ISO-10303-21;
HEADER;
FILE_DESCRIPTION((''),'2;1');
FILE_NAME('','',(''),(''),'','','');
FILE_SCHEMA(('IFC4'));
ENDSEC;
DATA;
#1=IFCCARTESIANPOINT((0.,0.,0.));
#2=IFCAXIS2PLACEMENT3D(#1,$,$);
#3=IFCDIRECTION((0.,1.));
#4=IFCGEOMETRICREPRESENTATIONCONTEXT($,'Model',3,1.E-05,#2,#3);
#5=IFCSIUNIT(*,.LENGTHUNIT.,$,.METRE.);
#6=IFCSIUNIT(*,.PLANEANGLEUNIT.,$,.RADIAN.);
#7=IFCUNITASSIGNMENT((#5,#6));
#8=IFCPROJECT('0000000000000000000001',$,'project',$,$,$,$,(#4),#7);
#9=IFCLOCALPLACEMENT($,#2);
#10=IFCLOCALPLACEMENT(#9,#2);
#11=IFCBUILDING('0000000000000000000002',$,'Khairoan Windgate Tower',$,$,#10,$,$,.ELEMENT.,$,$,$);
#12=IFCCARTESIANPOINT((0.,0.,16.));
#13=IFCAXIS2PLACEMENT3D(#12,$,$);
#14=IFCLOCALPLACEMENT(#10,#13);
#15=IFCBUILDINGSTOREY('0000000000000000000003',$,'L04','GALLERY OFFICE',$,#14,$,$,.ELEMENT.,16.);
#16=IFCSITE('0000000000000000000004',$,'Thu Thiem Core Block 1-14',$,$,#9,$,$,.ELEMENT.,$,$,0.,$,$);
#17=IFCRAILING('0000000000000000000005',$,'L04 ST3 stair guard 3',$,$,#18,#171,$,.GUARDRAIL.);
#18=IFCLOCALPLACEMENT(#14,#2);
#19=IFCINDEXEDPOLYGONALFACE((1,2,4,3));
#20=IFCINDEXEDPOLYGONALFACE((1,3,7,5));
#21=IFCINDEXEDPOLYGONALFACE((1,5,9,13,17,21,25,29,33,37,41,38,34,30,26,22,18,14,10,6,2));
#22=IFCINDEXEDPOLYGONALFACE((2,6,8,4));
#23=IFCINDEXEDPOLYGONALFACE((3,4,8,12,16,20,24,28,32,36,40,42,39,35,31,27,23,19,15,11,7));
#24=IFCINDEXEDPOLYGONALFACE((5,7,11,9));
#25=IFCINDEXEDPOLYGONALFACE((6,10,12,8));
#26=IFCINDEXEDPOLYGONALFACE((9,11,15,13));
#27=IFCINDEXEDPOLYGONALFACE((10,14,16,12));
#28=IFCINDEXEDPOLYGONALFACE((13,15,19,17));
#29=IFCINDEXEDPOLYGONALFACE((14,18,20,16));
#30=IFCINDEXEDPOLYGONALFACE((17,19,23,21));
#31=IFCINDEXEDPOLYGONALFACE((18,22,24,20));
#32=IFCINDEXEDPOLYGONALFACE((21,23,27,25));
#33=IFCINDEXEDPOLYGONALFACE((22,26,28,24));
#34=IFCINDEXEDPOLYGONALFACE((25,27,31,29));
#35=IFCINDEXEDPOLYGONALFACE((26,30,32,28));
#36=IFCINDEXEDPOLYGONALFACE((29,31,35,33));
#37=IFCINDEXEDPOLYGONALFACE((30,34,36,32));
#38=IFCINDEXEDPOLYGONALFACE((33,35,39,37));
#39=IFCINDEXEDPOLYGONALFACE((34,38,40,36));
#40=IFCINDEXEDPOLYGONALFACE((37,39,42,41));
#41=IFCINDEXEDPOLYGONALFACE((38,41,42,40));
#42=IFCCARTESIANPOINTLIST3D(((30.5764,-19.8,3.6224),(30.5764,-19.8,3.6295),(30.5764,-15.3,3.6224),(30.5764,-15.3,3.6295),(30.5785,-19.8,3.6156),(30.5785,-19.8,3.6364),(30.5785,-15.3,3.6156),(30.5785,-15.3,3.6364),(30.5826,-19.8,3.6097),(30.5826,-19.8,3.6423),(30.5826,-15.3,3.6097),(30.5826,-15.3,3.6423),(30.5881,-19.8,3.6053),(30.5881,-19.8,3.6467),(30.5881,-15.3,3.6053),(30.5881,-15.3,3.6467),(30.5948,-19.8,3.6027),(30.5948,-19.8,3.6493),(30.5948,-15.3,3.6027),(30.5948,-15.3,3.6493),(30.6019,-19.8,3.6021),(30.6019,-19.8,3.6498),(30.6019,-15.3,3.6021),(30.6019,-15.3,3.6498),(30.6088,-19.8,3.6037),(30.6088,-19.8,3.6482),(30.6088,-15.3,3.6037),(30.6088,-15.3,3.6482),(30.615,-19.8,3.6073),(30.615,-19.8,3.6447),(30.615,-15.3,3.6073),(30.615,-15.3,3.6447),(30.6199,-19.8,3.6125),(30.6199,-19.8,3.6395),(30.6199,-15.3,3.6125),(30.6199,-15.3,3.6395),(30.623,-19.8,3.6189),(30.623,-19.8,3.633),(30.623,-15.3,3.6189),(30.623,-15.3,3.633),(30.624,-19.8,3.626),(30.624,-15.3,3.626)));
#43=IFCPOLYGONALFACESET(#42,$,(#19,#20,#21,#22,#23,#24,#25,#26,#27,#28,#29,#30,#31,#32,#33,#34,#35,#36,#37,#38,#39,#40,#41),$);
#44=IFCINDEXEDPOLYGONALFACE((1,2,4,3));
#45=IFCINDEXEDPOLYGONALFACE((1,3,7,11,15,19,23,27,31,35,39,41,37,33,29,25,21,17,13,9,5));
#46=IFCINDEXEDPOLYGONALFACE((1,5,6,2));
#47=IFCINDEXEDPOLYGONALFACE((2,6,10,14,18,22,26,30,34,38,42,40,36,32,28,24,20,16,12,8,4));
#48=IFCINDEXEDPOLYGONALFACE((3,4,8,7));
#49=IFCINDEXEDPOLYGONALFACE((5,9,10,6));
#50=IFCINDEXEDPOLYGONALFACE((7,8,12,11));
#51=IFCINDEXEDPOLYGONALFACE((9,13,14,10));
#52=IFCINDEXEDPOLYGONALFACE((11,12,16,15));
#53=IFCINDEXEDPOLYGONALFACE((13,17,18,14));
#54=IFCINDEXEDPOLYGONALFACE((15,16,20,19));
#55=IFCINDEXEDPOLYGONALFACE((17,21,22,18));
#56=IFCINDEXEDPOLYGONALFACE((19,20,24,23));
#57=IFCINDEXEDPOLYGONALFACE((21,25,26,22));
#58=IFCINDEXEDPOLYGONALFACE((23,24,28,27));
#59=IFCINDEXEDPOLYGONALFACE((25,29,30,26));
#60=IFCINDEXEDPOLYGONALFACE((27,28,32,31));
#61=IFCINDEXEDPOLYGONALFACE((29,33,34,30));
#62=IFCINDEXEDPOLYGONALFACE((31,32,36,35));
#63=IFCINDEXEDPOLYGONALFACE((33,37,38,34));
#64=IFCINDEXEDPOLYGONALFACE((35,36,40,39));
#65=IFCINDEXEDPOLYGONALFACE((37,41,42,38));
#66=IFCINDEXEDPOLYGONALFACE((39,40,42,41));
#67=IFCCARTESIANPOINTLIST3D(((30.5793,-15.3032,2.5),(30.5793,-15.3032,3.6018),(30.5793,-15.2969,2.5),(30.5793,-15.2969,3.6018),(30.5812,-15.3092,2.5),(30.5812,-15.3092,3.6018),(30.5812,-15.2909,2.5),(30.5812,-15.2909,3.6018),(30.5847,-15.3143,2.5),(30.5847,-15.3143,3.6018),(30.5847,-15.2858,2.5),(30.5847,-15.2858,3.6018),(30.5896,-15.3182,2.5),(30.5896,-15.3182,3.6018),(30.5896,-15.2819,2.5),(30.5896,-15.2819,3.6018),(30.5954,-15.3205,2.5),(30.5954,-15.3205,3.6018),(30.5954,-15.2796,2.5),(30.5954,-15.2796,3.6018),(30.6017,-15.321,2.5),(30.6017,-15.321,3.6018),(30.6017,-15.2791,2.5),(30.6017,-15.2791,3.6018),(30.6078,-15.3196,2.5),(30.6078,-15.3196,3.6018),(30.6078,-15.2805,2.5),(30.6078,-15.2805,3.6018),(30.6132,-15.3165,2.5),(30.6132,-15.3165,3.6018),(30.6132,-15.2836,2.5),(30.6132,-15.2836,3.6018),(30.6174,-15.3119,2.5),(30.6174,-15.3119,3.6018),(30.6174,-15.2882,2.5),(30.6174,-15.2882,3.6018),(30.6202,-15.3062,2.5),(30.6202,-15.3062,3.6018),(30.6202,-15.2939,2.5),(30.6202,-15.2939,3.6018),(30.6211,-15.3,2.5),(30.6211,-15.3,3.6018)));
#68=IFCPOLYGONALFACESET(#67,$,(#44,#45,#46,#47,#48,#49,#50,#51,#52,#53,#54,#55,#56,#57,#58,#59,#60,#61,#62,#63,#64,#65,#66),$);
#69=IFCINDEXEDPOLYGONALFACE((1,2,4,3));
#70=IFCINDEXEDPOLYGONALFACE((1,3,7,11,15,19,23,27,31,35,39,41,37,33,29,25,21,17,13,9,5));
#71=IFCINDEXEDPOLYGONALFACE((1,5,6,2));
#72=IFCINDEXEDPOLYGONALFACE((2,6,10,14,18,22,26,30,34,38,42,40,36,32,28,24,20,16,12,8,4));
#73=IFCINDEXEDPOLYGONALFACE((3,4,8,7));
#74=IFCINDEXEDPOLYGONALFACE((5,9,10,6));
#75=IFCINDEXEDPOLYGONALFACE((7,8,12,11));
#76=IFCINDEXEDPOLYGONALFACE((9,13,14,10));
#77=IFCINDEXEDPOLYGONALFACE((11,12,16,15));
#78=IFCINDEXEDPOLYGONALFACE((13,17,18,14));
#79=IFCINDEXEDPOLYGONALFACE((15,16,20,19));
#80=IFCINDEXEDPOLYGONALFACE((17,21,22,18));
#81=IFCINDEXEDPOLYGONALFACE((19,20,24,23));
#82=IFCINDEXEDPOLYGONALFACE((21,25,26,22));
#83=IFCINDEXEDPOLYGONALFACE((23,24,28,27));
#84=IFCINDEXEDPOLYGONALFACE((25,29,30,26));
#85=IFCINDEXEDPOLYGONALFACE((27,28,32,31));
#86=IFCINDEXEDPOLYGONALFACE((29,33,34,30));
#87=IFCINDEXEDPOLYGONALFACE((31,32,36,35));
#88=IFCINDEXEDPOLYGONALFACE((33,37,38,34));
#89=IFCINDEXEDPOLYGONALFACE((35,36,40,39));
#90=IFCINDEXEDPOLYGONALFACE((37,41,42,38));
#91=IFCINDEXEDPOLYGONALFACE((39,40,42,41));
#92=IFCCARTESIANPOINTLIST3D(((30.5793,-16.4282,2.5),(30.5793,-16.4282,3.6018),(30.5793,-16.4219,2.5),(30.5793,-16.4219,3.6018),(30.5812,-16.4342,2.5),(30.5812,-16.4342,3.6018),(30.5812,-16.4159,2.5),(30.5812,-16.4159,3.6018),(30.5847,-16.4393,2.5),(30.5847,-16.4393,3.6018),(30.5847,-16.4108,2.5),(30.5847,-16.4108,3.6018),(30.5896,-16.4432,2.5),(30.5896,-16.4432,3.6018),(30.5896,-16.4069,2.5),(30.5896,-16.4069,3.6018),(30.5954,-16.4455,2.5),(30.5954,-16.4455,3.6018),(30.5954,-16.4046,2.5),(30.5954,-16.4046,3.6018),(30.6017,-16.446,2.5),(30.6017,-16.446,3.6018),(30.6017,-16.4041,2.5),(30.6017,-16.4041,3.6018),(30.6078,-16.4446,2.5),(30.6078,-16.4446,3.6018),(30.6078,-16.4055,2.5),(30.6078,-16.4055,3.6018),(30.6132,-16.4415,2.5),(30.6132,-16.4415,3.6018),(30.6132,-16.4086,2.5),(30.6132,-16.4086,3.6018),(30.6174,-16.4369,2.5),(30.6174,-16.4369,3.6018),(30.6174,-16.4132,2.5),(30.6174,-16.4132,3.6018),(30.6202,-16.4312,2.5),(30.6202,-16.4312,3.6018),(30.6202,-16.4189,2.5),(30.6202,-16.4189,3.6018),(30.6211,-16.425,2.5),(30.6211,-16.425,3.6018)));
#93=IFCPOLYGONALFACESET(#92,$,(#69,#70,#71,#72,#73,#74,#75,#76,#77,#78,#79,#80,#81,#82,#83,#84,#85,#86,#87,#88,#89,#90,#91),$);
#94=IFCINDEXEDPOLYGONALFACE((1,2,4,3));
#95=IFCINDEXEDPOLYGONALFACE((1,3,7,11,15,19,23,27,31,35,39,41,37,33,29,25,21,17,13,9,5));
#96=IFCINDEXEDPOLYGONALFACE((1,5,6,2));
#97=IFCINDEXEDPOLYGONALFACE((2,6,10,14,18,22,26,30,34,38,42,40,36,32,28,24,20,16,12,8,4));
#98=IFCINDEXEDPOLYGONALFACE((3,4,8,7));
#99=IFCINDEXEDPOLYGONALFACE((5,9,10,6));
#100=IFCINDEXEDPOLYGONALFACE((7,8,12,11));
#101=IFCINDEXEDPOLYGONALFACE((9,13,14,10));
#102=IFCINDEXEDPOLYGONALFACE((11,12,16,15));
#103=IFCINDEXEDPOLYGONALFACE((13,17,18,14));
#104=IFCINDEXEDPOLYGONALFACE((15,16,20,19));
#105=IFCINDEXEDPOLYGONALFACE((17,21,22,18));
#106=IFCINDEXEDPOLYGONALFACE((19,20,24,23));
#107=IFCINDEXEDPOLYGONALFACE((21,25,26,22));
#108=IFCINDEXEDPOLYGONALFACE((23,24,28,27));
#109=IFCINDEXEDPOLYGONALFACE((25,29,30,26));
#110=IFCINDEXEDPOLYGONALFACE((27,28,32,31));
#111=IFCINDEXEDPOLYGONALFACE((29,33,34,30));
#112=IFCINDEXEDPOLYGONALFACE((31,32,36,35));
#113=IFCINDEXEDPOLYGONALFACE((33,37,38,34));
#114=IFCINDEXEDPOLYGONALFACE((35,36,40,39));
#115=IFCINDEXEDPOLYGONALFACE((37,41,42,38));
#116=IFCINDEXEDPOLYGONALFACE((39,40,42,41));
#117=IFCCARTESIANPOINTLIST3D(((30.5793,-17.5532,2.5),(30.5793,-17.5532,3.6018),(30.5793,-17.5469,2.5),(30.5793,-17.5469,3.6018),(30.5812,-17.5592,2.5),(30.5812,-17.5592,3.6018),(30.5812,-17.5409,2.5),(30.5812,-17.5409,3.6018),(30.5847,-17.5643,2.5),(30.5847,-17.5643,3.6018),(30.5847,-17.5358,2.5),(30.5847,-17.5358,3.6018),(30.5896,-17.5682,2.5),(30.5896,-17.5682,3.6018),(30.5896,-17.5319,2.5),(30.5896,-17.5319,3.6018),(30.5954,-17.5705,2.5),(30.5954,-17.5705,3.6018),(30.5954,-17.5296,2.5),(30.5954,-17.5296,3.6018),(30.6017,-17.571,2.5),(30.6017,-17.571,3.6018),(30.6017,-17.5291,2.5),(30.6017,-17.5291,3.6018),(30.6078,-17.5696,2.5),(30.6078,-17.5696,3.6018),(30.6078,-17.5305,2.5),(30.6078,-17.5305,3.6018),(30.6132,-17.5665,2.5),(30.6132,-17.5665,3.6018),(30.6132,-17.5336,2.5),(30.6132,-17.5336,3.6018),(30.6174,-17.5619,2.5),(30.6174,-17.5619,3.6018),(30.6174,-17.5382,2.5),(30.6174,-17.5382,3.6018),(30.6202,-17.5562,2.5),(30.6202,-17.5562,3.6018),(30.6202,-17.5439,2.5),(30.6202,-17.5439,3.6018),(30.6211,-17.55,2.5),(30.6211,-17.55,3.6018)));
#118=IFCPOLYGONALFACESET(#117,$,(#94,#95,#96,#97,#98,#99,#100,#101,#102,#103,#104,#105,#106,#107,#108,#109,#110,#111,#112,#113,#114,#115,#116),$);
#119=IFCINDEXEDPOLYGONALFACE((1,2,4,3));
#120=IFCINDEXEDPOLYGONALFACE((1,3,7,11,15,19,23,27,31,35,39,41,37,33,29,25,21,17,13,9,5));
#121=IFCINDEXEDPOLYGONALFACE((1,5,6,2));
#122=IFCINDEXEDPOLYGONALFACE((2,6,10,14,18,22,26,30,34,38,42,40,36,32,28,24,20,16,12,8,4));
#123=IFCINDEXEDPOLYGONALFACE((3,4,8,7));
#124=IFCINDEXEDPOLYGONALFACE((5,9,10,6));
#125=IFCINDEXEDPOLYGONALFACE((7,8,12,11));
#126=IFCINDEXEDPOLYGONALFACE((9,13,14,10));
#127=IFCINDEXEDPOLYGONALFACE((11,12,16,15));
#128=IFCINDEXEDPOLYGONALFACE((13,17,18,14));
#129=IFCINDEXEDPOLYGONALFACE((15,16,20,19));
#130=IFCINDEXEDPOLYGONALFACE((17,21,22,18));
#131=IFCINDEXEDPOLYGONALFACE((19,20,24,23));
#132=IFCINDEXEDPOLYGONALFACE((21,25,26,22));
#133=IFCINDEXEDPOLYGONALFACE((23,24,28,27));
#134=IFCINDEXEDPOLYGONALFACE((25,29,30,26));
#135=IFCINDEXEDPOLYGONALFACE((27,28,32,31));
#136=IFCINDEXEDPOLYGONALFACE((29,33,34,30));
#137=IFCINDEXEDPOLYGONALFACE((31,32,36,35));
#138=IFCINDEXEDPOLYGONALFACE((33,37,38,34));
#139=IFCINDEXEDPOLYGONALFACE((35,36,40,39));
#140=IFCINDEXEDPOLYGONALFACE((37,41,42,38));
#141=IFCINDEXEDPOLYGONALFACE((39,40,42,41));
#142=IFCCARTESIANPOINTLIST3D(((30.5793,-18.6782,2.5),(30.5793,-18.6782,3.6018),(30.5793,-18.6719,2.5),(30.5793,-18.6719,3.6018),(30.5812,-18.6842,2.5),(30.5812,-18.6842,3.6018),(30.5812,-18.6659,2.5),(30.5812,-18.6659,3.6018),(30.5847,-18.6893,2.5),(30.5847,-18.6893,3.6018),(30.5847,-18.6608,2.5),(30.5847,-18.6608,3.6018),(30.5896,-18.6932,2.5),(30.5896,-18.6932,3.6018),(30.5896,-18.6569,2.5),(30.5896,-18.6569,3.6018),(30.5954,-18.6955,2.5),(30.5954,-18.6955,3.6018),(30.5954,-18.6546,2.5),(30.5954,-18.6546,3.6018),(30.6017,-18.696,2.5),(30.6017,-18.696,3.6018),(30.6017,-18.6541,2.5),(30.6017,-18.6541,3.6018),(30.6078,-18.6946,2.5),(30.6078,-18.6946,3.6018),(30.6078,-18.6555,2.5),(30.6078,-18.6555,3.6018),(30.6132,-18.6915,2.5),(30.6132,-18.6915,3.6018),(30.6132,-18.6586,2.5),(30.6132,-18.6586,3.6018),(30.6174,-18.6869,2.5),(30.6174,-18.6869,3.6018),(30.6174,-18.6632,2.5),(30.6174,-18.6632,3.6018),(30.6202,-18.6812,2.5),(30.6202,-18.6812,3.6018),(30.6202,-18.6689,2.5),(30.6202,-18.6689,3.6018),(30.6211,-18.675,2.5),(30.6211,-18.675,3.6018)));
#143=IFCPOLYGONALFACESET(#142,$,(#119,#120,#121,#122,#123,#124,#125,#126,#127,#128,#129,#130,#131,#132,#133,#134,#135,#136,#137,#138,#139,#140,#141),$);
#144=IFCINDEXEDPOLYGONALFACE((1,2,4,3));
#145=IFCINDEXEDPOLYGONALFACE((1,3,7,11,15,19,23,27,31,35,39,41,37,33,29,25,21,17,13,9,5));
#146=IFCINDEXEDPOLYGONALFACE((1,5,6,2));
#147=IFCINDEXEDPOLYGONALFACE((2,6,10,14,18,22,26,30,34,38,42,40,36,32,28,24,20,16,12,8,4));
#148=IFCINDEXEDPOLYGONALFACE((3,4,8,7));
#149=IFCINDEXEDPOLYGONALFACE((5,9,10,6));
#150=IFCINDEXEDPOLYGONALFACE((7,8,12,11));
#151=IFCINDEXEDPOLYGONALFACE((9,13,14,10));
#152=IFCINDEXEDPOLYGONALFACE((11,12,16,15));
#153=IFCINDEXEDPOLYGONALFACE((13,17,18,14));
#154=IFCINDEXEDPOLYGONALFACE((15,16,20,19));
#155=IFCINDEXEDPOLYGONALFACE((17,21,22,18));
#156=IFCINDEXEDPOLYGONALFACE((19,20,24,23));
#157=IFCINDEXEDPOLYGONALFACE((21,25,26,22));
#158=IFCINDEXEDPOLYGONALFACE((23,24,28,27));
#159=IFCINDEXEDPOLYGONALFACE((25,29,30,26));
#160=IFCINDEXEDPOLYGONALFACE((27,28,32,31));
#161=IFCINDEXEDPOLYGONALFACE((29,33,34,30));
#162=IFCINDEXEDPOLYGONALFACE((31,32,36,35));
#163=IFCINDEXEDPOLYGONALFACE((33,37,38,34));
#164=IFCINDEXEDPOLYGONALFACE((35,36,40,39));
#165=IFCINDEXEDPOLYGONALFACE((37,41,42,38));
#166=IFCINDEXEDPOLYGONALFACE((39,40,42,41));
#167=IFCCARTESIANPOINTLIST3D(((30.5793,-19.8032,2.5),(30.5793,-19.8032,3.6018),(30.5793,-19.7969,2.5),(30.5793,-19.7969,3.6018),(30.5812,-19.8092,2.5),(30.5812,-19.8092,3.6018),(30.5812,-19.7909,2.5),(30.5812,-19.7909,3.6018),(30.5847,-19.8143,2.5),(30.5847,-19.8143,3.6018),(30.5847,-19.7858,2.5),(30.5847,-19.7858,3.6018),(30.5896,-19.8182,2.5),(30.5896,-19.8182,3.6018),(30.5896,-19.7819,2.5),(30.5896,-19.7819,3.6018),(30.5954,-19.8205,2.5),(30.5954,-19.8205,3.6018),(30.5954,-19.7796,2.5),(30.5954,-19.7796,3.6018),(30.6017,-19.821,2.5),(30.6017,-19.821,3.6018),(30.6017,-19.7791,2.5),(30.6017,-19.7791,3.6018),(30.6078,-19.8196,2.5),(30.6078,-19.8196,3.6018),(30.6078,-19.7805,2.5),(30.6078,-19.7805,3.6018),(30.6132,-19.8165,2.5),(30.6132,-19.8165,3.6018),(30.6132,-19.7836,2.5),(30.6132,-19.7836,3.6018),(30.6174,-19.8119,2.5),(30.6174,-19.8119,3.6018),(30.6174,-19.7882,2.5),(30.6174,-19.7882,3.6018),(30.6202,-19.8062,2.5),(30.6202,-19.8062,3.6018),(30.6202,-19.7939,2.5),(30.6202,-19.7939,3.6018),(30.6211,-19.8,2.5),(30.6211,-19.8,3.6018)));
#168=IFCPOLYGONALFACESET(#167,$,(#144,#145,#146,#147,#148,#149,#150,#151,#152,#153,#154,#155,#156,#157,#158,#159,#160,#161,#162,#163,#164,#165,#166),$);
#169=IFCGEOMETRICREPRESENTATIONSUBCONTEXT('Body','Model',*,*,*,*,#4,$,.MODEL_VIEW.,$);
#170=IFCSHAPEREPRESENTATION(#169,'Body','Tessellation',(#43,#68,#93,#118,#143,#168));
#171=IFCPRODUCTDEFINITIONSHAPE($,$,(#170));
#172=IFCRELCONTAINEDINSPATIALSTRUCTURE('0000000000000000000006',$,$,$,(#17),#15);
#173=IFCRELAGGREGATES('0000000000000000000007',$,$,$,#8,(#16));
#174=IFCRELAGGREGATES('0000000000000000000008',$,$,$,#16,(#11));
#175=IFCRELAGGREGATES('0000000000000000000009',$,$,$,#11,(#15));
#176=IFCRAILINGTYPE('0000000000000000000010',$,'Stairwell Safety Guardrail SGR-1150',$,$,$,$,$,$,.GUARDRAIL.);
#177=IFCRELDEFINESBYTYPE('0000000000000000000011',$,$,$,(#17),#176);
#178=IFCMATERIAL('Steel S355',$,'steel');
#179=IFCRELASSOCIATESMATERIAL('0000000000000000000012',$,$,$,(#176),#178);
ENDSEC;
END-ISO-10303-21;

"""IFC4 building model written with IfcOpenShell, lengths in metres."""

from ifc_helpers import new_model, si_unit, direction, frame, origin, origin_2d, place, context, subcontext, project, spatial, circle, extrude, material, type_object, element, save


model = new_model("IFC4")

# Units and contexts
model_context = context("Model", 3, precision=1e-05, world=origin(), true_north=direction((0.0, 1.0)))
body_context = subcontext(model_context, "Body", "Model", "MODEL_VIEW")
ifc_project = project(units=[si_unit("LENGTHUNIT", "METRE"), si_unit("PLANEANGLEUNIT", "RADIAN")], contexts=[model_context])

# Site, building, storey
site_placement = place(None, origin())
site = spatial("IfcSite", under=ifc_project, at=site_placement, Name="Thu Thiem Core Block 1-14", CompositionType="ELEMENT", RefElevation=0.0)
building_placement = place(site_placement, origin())
building = spatial("IfcBuilding", under=site, at=building_placement, Name="Khairoan Windgate Tower", CompositionType="ELEMENT")
storey_placement = place(building_placement, frame((0.0, 0.0, 16.0)))
storey = spatial("IfcBuildingStorey", under=building, at=storey_placement, Name="L04", Description="GALLERY OFFICE", CompositionType="ELEMENT", Elevation=16.0)

# Railing
ifc_material_1 = material(Name="Steel S355", Category="steel")
railing_type_1 = type_object("IfcRailingType", Name="Stairwell Safety Guardrail SGR-1150", PredefinedType="GUARDRAIL", material=ifc_material_1)
for number, where, name in (
    (1, (30.6001, -15.3, 2.5), "L04 ST3 stair guard 3"),
):
    element("IfcRailing", number, at=place(storey_placement, frame(where)), inside=storey, type_object=railing_type_1, Name=name, PredefinedType="GUARDRAIL", context=body_context, shape_type="SweptSolid", body=[
        extrude(circle(Radius=0.0239, at=origin_2d()), frame((0.0, 0.0, 1.126), z_axis=(0.0, -1.0, 0.0), x_axis=(1.0, 0.0, 0.0)), (0.0, 0.0, 1.0), 4.5),
        extrude(circle(Radius=0.021, at=origin_2d()), origin(), (0.0, 0.0, 1.0), 1.1018),
        extrude(circle(Radius=0.021, at=origin_2d()), frame((0.0, -1.125, 0.0)), (0.0, 0.0, 1.0), 1.1018),
        extrude(circle(Radius=0.021, at=origin_2d()), frame((0.0, -2.25, 0.0)), (0.0, 0.0, 1.0), 1.1018),
        extrude(circle(Radius=0.021, at=origin_2d()), frame((0.0, -3.375, 0.0)), (0.0, 0.0, 1.0), 1.1018),
        extrude(circle(Radius=0.021, at=origin_2d()), frame((0.0, -4.5, 0.0)), (0.0, 0.0, 1.0), 1.1018),
    ])

save(model, "model.ifc")
